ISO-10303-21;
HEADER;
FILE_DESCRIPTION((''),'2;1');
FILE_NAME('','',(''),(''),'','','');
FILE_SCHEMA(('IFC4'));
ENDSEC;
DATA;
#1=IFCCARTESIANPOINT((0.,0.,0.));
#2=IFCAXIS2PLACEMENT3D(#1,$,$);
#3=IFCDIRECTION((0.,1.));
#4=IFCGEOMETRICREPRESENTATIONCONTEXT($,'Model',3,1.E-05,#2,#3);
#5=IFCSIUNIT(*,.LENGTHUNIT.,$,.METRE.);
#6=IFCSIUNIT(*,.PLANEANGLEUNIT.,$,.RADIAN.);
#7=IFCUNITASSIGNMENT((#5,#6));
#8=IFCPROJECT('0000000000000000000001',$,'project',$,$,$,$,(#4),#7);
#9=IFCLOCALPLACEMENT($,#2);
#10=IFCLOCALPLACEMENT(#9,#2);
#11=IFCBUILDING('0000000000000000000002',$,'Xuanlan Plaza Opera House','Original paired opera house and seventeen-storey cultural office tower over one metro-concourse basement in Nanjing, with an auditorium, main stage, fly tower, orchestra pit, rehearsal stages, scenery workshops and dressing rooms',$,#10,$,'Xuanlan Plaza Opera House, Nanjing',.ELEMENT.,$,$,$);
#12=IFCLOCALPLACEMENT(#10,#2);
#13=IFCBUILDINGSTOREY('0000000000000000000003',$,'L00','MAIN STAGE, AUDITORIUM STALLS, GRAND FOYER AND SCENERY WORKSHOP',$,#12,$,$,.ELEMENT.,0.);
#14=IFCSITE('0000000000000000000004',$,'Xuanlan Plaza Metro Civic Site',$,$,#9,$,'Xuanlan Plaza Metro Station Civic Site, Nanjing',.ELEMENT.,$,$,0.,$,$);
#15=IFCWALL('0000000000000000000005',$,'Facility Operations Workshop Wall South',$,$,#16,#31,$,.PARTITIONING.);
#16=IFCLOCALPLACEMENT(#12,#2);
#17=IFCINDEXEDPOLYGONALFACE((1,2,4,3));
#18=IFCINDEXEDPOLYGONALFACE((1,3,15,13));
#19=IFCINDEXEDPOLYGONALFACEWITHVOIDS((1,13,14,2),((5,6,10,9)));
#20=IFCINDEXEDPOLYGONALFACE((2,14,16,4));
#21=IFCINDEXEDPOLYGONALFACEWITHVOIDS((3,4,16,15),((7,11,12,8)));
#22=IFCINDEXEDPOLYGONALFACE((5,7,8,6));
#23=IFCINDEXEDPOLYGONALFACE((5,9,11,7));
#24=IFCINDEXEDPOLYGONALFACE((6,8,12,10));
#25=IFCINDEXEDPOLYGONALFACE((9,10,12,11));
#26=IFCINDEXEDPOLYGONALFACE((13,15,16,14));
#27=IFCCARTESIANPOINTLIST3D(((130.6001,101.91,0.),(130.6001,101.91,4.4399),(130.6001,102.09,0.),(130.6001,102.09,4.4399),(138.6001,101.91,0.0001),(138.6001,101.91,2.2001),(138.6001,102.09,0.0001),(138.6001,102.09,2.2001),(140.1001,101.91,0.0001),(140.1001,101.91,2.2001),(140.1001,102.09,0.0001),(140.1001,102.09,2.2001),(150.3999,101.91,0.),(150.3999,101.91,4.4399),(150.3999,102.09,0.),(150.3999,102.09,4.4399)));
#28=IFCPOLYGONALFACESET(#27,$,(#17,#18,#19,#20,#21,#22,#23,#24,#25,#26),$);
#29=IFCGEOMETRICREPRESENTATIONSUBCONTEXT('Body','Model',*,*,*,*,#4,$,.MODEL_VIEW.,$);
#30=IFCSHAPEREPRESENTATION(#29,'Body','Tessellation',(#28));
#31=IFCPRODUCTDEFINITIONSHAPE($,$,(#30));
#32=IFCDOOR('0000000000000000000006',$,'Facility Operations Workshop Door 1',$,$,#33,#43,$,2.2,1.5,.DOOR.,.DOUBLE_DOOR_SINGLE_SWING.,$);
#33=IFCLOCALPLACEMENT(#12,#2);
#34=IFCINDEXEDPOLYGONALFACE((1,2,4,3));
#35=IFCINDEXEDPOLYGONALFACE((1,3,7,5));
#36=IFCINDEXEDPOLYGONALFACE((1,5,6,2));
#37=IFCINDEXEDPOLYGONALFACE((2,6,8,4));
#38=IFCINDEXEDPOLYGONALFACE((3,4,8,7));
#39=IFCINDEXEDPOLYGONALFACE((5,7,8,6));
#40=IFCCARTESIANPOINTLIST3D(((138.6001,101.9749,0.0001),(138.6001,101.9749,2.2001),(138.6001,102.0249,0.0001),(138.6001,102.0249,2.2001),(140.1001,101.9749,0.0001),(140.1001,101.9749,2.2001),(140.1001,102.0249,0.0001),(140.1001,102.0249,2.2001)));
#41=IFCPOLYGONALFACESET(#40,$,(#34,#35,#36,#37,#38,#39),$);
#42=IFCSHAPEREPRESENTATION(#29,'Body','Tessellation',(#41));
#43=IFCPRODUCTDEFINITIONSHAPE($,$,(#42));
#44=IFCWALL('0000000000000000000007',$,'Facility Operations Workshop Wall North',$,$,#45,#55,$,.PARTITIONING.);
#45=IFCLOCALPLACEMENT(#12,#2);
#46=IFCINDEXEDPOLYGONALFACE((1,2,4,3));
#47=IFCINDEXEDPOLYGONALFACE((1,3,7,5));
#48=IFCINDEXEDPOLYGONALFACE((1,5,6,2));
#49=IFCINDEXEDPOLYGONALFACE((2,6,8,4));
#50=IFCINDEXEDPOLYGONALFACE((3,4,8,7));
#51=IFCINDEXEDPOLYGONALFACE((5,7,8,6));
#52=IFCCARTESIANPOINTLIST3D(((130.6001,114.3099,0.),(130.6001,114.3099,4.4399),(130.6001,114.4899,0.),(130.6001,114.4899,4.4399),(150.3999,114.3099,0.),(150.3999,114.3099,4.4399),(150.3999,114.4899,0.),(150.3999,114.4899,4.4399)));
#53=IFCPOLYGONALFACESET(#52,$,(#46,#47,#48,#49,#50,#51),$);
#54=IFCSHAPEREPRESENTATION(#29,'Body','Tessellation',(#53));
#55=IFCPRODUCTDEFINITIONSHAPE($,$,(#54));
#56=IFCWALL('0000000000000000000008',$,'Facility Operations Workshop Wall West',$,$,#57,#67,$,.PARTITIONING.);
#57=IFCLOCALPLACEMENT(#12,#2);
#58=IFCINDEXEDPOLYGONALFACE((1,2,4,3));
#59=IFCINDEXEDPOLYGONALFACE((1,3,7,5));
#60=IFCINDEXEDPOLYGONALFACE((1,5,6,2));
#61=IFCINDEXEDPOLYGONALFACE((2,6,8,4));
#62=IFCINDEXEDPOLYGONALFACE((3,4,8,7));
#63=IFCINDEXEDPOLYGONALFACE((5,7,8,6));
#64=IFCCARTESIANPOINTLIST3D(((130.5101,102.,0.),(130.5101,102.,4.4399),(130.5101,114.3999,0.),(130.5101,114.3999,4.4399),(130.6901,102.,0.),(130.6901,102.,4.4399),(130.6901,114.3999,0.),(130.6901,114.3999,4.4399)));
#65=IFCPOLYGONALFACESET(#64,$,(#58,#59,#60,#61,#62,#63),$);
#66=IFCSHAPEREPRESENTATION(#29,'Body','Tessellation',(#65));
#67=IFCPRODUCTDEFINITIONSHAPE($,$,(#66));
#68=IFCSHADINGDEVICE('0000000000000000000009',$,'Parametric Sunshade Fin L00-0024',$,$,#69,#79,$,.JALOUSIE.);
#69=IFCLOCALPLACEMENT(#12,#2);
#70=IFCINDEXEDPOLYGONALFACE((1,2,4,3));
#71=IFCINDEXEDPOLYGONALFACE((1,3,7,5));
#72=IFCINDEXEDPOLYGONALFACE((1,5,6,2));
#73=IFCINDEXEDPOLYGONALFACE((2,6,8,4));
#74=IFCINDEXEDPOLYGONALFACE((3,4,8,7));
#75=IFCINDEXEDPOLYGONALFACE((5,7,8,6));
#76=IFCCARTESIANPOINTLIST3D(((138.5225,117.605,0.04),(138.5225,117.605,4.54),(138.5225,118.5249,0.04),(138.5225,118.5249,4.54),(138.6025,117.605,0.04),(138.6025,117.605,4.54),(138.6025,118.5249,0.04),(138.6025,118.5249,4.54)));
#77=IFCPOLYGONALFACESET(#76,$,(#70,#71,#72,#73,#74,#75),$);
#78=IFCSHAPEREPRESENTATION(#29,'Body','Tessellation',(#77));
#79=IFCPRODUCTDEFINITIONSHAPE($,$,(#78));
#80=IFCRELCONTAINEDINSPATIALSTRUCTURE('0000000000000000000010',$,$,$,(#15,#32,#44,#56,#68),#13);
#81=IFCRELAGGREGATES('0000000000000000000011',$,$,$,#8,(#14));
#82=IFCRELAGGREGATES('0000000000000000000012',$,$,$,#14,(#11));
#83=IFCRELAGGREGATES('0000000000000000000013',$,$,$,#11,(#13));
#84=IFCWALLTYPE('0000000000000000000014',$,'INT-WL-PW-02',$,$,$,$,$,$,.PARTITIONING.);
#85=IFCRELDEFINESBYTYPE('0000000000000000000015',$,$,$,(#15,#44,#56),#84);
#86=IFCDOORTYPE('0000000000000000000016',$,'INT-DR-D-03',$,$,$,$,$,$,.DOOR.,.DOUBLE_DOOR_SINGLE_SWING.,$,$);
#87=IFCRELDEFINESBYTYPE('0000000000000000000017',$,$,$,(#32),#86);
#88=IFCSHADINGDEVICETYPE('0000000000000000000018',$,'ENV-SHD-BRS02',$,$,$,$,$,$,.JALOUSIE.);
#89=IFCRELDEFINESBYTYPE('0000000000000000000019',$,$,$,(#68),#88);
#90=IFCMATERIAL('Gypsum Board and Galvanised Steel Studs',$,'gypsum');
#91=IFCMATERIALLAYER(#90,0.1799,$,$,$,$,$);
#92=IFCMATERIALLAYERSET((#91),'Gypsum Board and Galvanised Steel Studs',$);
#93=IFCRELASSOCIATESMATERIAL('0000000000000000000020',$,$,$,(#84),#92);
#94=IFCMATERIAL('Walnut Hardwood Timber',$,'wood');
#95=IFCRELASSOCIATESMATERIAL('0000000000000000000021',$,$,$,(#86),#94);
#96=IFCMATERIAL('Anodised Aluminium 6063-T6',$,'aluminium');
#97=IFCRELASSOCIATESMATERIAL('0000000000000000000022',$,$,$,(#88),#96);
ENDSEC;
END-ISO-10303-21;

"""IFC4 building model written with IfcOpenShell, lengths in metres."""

from ifc_helpers import new_model, si_unit, direction, frame, frame_2d, origin, origin_2d, place, context, subcontext, project, spatial, rectangle, extrude, material, layer, layer_set, type_object, element, fill, save


model = new_model("IFC4")

# Units and contexts
model_context = context("Model", 3, precision=1e-05, world=origin(), true_north=direction((0.0, 1.0)))
body_context = subcontext(model_context, "Body", "Model", "MODEL_VIEW")
ifc_project = project(units=[si_unit("LENGTHUNIT", "METRE"), si_unit("PLANEANGLEUNIT", "RADIAN")], contexts=[model_context])

# Site, building, storey
site_placement = place(None, origin())
site = spatial("IfcSite", under=ifc_project, at=site_placement, Name="Xuanlan Plaza Metro Civic Site", LongName="Xuanlan Plaza Metro Station Civic Site, Nanjing", CompositionType="ELEMENT", RefElevation=0.0)
building_placement = place(site_placement, origin())
building = spatial("IfcBuilding", under=site, at=building_placement, Name="Xuanlan Plaza Opera House", Description="Original paired opera house and seventeen-storey cultural office tower over one metro-concourse basement in Nanjing, with an auditorium, main stage, fly tower, orchestra pit, rehearsal stages, scenery workshops and dressing rooms", LongName="Xuanlan Plaza Opera House, Nanjing", CompositionType="ELEMENT")
storey_placement = place(building_placement, origin())
storey = spatial("IfcBuildingStorey", under=building, at=storey_placement, Name="L00", Description="MAIN STAGE, AUDITORIUM STALLS, GRAND FOYER AND SCENERY WORKSHOP", CompositionType="ELEMENT", Elevation=0.0)

# Shared definitions
ifc_material_1 = material(Name="Anodised Aluminium 6063-T6", Category="aluminium")

# Wall, opening, door
ifc_material_2 = material(Name="Gypsum Board and Galvanised Steel Studs", Category="gypsum")
ifc_layer_1 = layer(ifc_material_2, 0.1799)
ifc_layer_set_1 = layer_set([ifc_layer_1], Name="Gypsum Board and Galvanised Steel Studs")
wall_type_1 = type_object("IfcWallType", Name="INT-WL-PW-02", PredefinedType="PARTITIONING", material=ifc_layer_set_1)
wall_1_placement = place(storey_placement, frame((130.6001, 102.0, 0.0), z_axis=(0.0, 0.0, 1.0), x_axis=(1.0, 0.0, 0.0)))
wall_1 = element("IfcWall", 1, at=wall_1_placement, inside=storey, type_object=wall_type_1, Name="Facility Operations Workshop Wall South", PredefinedType="PARTITIONING", context=body_context, shape_type="SweptSolid", body=[
    extrude(rectangle(XDim=19.7998, YDim=0.1799, at=frame_2d((9.8999, 0.0))), origin(), (0.0, 0.0, 1.0), 4.4399),
])
opening_1_placement = place(wall_1_placement, frame((8.0, 0.0, 0.0)))
opening_1 = element("IfcOpeningElement", 2, at=opening_1_placement, cuts=wall_1, PredefinedType="OPENING", context=body_context, shape_type="SweptSolid", body=[
    extrude(rectangle(XDim=1.5, YDim=2.2, at=frame_2d((0.75, 1.1001))), frame((0.0, 0.0999, 0.0), z_axis=(0.0, -1.0, 0.0), x_axis=(1.0, 0.0, 0.0)), (0.0, 0.0, 1.0), 0.2),
])
ifc_material_3 = material(Name="Walnut Hardwood Timber", Category="wood")
door_type_1 = type_object("IfcDoorType", Name="INT-DR-D-03", OperationType="DOUBLE_DOOR_SINGLE_SWING", PredefinedType="DOOR", material=ifc_material_3)
door_1_placement = place(opening_1_placement, origin())
door_1 = element("IfcDoor", 3, at=door_1_placement, inside=storey, type_object=door_type_1, Name="Facility Operations Workshop Door 1", OperationType="DOUBLE_DOOR_SINGLE_SWING", OverallHeight=2.2, OverallWidth=1.5, PredefinedType="DOOR", context=body_context, shape_type="SweptSolid", body=[
    extrude(rectangle(XDim=1.5, YDim=2.2, at=frame_2d((0.75, 1.1001))), frame((0.0, 0.0249, 0.0), z_axis=(0.0, -1.0, 0.0), x_axis=(1.0, 0.0, 0.0)), (0.0, 0.0, 1.0), 0.05),
])
fill(opening_1, door_1)

# Walls
wall_2_placement = place(storey_placement, frame((130.6001, 114.3999, 0.0), z_axis=(0.0, 0.0, 1.0), x_axis=(1.0, 0.0, 0.0)))
element("IfcWall", 4, at=wall_2_placement, inside=storey, type_object=wall_type_1, Name="Facility Operations Workshop Wall North", PredefinedType="PARTITIONING", context=body_context, shape_type="SweptSolid", body=[
    extrude(rectangle(XDim=19.7998, YDim=0.1799, at=frame_2d((9.8999, 0.0))), origin(), (0.0, 0.0, 1.0), 4.4399),
])
wall_3_placement = place(storey_placement, frame((130.6001, 102.0, 0.0), z_axis=(0.0, 0.0, 1.0), x_axis=(0.0, 1.0, 0.0)))
element("IfcWall", 5, at=wall_3_placement, inside=storey, type_object=wall_type_1, Name="Facility Operations Workshop Wall West", PredefinedType="PARTITIONING", context=body_context, shape_type="SweptSolid", body=[
    extrude(rectangle(XDim=12.3999, YDim=0.1799, at=frame_2d((6.2, 0.0))), origin(), (0.0, 0.0, 1.0), 4.4399),
])

# Shading device
shading_device_type = type_object("IfcShadingDeviceType", Name="ENV-SHD-BRS02", PredefinedType="JALOUSIE", material=ifc_material_1)
shading_device_placement = place(storey_placement, frame((138.5625, 118.0649, 0.04), z_axis=(0.0, 0.0, 1.0), x_axis=(0.0, 1.0, 0.0)))
element("IfcShadingDevice", 6, at=shading_device_placement, inside=storey, type_object=shading_device_type, Name="Parametric Sunshade Fin L00-0024", PredefinedType="JALOUSIE", context=body_context, shape_type="SweptSolid", body=[
    extrude(rectangle(XDim=0.9199, YDim=0.0801, at=origin_2d()), origin(), (0.0, 0.0, 1.0), 4.5),
])

save(model, "model.ifc")
